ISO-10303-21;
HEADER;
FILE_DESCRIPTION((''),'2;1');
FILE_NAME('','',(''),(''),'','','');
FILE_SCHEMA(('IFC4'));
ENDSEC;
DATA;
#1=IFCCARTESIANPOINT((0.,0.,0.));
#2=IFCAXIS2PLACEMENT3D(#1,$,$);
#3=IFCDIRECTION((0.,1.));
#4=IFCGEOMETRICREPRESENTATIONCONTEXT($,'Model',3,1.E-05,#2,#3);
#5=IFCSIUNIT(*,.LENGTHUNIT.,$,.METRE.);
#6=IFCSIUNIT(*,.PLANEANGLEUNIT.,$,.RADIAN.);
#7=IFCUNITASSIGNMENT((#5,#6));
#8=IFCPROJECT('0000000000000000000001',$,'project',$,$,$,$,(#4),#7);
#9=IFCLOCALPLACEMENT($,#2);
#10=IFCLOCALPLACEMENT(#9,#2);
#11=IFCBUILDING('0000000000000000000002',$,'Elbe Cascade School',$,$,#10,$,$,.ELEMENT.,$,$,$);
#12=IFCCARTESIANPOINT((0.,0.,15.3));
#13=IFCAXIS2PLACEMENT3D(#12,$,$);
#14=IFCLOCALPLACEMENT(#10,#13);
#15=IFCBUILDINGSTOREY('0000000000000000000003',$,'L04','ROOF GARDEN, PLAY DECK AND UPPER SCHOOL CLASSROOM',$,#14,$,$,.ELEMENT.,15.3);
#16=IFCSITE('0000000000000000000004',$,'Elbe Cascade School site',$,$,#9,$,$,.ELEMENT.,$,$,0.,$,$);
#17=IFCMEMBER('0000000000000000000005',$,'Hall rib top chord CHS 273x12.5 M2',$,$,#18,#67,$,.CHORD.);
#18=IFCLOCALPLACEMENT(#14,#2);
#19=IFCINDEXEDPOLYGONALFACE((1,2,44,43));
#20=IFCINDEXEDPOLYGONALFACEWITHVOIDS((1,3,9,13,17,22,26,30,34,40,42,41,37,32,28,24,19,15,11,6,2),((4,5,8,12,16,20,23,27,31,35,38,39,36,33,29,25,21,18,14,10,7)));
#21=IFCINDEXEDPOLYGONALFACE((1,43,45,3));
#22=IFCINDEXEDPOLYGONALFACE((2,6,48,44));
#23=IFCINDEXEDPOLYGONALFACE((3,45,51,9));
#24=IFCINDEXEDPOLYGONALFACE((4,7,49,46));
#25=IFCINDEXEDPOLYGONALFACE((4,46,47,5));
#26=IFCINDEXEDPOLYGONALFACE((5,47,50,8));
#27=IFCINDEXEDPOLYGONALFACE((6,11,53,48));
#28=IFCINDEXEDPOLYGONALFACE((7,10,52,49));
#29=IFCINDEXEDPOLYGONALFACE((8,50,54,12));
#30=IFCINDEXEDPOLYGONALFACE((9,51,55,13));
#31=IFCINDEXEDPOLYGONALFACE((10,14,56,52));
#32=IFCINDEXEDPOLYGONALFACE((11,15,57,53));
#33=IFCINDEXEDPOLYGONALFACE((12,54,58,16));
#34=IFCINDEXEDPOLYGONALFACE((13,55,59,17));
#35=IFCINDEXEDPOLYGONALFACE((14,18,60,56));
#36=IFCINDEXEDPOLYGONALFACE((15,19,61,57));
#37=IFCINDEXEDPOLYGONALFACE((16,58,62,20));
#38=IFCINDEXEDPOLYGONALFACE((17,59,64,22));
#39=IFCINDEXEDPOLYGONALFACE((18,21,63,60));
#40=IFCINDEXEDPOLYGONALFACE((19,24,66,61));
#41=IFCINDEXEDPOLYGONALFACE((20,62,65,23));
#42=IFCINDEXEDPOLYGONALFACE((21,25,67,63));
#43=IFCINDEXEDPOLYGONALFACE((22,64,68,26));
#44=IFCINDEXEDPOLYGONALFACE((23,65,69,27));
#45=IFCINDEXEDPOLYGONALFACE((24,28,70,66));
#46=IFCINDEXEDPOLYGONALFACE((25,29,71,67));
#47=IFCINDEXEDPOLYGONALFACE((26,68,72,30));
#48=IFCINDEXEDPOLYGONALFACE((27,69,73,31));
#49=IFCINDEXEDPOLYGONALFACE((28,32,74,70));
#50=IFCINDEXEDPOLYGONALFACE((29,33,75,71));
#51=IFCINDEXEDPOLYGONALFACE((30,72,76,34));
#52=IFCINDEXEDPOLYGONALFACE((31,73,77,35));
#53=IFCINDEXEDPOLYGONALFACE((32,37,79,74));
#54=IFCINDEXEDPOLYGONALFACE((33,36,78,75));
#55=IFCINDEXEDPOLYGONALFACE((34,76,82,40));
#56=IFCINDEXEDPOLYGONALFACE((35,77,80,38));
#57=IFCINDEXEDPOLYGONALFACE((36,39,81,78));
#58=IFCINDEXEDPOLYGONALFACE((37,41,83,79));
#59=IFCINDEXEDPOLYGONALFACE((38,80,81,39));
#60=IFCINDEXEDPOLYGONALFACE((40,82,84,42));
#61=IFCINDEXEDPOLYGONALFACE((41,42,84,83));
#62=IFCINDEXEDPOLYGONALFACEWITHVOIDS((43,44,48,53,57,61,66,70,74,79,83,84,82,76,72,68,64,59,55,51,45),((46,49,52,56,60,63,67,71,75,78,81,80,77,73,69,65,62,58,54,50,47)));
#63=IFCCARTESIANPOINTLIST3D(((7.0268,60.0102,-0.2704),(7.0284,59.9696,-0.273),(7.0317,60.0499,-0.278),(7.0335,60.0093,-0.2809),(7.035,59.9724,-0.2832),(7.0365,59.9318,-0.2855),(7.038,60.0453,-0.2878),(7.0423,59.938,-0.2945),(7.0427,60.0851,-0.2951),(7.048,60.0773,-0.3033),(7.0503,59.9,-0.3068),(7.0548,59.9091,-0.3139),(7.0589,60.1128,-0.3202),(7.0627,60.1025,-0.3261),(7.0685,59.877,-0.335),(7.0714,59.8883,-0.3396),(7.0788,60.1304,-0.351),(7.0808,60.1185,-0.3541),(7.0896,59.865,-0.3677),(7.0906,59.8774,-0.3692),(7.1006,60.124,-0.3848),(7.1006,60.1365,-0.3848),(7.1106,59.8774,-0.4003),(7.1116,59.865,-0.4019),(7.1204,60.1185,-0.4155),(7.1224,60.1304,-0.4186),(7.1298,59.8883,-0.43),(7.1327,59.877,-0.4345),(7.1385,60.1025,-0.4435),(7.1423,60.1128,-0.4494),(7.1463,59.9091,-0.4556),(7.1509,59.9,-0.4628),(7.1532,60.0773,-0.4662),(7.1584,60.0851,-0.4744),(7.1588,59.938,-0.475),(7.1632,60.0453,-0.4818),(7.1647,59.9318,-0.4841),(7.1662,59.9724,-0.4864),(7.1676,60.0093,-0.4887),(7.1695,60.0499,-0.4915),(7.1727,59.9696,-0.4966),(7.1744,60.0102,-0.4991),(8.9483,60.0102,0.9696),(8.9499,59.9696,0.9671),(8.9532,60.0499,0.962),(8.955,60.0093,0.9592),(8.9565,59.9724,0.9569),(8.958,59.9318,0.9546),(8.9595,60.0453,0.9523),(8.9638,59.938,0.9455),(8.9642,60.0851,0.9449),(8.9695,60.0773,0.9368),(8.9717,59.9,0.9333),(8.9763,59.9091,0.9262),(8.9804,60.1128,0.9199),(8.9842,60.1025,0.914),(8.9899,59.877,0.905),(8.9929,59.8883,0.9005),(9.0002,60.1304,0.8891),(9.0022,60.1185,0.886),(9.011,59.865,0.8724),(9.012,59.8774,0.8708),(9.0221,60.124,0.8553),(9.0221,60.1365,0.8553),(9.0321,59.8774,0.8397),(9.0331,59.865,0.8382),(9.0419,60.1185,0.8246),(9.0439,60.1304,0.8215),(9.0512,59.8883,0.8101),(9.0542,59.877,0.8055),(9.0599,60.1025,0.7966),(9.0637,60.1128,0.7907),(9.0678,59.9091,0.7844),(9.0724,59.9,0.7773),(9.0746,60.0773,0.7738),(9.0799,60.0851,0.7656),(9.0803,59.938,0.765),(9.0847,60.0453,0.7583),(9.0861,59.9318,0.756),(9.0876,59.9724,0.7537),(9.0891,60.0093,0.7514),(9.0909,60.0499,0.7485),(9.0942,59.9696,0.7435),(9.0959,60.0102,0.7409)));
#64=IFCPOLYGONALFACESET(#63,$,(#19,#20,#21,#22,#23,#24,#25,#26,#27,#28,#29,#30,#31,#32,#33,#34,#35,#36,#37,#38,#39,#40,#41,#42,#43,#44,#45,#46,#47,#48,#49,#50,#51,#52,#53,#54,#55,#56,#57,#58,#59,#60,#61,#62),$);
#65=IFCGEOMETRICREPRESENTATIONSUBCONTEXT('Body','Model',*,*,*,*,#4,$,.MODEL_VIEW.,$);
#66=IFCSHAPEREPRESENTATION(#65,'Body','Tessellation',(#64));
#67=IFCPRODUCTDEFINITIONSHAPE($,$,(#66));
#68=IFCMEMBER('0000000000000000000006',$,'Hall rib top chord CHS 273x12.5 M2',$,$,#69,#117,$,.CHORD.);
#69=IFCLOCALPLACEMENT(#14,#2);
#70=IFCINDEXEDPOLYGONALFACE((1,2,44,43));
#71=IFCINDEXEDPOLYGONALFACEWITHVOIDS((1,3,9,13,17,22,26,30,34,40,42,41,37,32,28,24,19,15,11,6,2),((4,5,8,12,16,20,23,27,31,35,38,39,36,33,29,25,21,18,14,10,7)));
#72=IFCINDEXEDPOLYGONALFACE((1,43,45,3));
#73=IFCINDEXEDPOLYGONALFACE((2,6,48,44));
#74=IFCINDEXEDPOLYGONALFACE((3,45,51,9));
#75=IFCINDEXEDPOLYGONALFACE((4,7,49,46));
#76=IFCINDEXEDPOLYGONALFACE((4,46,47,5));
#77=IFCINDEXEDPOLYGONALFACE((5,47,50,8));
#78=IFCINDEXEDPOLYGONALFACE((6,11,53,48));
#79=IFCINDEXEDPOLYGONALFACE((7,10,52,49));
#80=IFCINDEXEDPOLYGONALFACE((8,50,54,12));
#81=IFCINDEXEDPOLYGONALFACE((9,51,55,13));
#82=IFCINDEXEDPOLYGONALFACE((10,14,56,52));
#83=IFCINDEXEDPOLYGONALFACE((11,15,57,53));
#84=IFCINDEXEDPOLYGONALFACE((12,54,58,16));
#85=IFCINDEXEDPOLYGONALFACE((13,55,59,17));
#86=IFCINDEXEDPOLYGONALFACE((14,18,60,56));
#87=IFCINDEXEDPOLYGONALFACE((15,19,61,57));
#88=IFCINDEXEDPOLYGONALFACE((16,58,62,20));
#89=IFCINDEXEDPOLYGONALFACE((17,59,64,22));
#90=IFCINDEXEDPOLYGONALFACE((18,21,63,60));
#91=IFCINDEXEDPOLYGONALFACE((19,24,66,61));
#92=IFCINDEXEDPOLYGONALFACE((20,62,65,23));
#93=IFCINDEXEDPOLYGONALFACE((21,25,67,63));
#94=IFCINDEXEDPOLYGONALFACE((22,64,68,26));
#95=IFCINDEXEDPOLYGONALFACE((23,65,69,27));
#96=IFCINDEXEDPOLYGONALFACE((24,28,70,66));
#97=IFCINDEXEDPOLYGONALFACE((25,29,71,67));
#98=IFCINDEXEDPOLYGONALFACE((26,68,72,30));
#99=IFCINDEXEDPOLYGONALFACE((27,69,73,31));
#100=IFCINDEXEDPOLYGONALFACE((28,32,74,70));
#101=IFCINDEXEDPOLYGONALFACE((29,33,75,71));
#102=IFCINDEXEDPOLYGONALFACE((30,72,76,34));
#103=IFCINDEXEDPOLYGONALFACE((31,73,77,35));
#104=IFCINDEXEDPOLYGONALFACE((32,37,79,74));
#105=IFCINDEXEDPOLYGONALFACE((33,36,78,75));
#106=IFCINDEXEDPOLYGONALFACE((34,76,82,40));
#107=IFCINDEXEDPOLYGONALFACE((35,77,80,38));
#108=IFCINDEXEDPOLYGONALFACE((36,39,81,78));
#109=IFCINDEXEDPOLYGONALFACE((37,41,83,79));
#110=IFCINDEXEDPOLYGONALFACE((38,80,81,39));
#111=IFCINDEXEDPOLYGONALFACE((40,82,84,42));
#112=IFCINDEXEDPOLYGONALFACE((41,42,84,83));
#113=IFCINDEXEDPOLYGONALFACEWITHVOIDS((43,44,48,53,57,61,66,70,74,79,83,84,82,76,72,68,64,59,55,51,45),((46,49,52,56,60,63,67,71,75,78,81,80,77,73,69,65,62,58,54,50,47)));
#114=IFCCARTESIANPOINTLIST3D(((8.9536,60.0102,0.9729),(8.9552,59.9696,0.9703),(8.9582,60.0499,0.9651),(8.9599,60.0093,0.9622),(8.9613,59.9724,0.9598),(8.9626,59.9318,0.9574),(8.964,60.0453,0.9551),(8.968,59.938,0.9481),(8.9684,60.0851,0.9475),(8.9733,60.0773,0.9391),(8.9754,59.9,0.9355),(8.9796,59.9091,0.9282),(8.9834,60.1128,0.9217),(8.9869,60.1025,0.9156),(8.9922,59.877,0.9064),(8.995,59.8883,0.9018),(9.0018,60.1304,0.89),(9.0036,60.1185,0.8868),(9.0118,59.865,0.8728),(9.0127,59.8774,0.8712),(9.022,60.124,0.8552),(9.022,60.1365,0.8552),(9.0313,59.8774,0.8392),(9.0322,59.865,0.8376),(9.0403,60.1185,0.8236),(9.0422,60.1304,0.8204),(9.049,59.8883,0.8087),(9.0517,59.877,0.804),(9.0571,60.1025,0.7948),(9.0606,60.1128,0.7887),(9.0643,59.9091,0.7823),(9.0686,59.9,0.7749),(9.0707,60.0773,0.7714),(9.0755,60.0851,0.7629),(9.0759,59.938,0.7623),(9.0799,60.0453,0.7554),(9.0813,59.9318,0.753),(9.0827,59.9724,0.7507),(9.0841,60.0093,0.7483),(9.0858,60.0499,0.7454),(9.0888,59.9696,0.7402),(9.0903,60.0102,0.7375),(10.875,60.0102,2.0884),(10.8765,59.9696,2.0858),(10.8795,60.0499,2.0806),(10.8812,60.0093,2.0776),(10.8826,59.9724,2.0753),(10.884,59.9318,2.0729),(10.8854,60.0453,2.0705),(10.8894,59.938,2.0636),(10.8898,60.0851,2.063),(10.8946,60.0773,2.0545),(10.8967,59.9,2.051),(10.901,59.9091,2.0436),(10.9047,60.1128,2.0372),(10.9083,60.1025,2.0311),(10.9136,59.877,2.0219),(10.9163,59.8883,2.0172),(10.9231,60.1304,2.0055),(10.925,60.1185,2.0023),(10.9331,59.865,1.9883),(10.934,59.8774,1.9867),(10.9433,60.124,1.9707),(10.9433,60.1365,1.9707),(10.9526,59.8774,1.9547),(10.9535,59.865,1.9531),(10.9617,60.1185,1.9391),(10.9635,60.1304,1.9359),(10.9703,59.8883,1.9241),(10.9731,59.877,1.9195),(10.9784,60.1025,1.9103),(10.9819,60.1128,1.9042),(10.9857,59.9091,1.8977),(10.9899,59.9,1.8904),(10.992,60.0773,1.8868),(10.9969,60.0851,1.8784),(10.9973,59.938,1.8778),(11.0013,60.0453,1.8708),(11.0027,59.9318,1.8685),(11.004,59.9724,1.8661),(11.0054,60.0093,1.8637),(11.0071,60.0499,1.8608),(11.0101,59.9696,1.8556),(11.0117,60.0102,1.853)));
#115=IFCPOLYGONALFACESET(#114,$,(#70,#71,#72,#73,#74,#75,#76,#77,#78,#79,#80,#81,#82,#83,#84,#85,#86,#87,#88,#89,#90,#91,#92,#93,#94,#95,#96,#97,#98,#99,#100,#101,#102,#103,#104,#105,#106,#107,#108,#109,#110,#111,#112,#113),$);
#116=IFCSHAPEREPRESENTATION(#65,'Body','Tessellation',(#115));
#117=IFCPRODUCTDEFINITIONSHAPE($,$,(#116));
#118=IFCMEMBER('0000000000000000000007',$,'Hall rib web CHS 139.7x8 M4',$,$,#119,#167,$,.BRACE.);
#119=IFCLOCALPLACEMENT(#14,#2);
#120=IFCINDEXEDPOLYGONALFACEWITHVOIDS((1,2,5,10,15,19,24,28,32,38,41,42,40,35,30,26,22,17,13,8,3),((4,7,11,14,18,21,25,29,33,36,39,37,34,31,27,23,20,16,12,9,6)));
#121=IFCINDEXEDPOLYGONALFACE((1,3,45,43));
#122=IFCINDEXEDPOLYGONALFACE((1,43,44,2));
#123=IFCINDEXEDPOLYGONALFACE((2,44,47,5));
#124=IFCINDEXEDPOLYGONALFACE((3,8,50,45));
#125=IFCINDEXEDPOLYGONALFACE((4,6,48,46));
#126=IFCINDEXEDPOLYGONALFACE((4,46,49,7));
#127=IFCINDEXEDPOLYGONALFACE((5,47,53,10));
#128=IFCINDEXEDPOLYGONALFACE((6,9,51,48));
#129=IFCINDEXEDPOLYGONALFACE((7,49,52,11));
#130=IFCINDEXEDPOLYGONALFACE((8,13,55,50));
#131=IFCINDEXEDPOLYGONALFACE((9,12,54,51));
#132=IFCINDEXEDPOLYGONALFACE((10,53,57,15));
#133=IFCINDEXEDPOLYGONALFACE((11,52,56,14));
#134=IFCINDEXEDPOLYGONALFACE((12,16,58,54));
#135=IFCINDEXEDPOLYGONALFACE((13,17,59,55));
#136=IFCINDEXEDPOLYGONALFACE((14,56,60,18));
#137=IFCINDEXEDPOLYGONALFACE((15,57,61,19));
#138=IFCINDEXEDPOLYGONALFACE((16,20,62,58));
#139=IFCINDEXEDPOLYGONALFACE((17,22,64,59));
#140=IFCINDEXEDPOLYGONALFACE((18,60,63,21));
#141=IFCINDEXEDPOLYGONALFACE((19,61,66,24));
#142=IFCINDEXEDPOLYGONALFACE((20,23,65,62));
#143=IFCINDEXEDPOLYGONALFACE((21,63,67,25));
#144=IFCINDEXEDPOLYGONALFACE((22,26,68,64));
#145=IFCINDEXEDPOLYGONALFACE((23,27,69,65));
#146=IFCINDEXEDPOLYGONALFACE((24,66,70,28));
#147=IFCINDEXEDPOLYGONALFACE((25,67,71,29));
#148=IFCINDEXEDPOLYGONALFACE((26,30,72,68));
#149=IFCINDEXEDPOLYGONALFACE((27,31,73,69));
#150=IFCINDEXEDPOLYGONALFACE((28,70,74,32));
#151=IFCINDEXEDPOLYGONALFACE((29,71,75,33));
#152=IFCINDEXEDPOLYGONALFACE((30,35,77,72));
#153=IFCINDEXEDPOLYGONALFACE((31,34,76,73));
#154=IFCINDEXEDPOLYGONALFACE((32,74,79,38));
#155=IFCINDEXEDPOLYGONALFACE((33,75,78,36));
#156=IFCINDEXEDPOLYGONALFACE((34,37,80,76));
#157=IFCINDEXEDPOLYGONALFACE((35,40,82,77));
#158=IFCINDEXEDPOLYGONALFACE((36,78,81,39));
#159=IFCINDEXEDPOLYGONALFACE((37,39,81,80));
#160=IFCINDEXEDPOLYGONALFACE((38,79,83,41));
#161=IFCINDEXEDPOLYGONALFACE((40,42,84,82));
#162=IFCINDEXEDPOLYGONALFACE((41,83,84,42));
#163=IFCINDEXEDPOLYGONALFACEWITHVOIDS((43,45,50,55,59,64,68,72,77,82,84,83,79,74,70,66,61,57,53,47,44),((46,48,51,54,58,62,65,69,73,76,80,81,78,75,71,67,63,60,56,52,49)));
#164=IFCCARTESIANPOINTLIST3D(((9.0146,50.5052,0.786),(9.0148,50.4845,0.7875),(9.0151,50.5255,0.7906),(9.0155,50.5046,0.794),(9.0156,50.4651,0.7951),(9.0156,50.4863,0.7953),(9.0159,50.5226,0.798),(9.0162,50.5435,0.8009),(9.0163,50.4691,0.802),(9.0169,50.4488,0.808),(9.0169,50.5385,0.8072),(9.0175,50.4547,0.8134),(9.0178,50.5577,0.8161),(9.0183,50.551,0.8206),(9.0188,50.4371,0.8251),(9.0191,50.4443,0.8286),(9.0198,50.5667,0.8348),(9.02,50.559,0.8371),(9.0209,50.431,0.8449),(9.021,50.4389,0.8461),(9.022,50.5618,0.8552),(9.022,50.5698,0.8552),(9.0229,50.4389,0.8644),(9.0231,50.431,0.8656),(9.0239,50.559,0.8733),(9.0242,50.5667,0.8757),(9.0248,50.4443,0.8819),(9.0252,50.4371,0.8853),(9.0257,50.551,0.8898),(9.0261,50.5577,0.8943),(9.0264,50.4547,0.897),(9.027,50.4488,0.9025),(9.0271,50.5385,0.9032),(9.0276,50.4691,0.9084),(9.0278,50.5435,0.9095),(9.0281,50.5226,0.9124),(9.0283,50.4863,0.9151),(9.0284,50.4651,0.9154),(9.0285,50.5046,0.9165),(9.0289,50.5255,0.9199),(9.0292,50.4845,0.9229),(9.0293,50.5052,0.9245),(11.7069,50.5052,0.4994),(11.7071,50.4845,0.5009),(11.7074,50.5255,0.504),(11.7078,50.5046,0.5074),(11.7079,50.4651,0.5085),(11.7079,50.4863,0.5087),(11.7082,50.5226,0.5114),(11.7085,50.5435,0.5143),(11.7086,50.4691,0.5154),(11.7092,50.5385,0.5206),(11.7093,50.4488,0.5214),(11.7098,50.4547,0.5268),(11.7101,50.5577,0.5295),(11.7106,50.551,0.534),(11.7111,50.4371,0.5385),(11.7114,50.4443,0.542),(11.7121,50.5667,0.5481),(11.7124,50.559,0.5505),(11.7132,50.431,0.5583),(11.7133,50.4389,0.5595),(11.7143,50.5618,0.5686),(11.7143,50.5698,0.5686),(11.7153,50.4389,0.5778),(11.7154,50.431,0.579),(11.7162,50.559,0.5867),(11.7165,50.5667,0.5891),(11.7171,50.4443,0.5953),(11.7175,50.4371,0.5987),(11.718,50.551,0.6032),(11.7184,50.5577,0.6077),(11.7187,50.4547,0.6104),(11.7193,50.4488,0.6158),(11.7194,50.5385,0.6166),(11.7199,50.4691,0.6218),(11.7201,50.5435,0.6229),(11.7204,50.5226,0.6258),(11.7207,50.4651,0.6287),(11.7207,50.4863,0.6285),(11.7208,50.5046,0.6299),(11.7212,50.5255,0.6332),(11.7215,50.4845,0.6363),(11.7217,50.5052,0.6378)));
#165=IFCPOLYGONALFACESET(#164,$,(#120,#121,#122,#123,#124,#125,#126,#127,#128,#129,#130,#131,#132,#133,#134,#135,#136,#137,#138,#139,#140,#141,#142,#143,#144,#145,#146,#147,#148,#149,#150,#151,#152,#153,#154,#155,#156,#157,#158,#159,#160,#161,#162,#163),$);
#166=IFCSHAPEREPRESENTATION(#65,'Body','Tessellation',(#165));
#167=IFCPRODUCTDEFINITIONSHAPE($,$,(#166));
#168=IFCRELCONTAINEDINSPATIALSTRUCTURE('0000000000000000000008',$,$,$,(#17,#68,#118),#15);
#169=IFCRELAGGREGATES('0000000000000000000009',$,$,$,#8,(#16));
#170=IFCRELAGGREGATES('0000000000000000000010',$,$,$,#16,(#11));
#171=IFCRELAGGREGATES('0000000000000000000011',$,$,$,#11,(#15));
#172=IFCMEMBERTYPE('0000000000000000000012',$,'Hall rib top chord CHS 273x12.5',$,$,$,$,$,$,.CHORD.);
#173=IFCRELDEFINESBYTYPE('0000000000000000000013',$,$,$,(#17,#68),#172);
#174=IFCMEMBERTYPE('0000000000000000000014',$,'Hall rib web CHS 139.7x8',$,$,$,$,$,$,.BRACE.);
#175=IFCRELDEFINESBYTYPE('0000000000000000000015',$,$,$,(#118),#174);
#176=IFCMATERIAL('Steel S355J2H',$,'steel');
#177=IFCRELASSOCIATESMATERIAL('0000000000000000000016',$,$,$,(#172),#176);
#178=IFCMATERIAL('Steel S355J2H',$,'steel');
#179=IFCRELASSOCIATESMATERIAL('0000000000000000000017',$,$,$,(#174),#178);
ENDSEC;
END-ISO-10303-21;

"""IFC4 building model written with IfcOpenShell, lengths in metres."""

from ifc_helpers import new_model, si_unit, direction, frame, origin, origin_2d, place, context, subcontext, project, spatial, hollow_circle, extrude, material, material_profile, profile_set, type_object, element, save


model = new_model("IFC4")

# Units and contexts
model_context = context("Model", 3, precision=1e-05, world=origin(), true_north=direction((0.0, 1.0)))
body_context = subcontext(model_context, "Body", "Model", "MODEL_VIEW")
ifc_project = project(units=[si_unit("LENGTHUNIT", "METRE"), si_unit("PLANEANGLEUNIT", "RADIAN")], contexts=[model_context])

# Site, building, storey
site_placement = place(None, origin())
site = spatial("IfcSite", under=ifc_project, at=site_placement, Name="Elbe Cascade School site", CompositionType="ELEMENT", RefElevation=0.0)
building_placement = place(site_placement, origin())
building = spatial("IfcBuilding", under=site, at=building_placement, Name="Elbe Cascade School", CompositionType="ELEMENT")
storey_placement = place(building_placement, frame((0.0, 0.0, 15.3)))
storey = spatial("IfcBuildingStorey", under=building, at=storey_placement, Name="L04", Description="ROOF GARDEN, PLAY DECK AND UPPER SCHOOL CLASSROOM", CompositionType="ELEMENT", Elevation=15.3)

# Members
ifc_material_1 = material(Name="Steel S355J2H", Category="steel")
ifc_material_profile_1 = material_profile(ifc_material_1, hollow_circle(Radius=0.1365, WallThickness=0.0125, at=origin_2d()), Name="CHS 273x12.5")
ifc_profile_set_1 = profile_set([ifc_material_profile_1], Name="Steel S355J2H")
member_type_1 = type_object("IfcMemberType", Name="Hall rib top chord CHS 273x12.5", PredefinedType="CHORD", material=ifc_profile_set_1)
member_1_placement = place(storey_placement, frame((7.1006, 60.0, -0.3848), z_axis=(0.84022, 0.0, 0.542246), x_axis=(0.0, 1.0, 0.0)))
element("IfcMember", 1, at=member_1_placement, inside=storey, type_object=member_type_1, Name="Hall rib top chord CHS 273x12.5 M2", PredefinedType="CHORD", context=body_context, shape_type="SweptSolid", body=[
    extrude(hollow_circle(Radius=0.1365, WallThickness=0.0125, at=origin_2d()), origin(), (0.0, 0.0, 1.0), 2.2869),
])
member_2_placement = place(storey_placement, frame((9.022, 60.0, 0.8552), z_axis=(0.864821, 0.0, 0.50208), x_axis=(0.0, 1.0, 0.0)))
element("IfcMember", 2, at=member_2_placement, inside=storey, type_object=member_type_1, Name="Hall rib top chord CHS 273x12.5 M2", PredefinedType="CHORD", context=body_context, shape_type="SweptSolid", body=[
    extrude(hollow_circle(Radius=0.1365, WallThickness=0.0125, at=origin_2d()), origin(), (0.0, 0.0, 1.0), 2.2217),
])
ifc_material_2 = material(Name="Steel S355J2H", Category="steel")
ifc_material_profile_2 = material_profile(ifc_material_2, hollow_circle(Radius=0.0698, WallThickness=0.0081, at=origin_2d()), Name="CHS 139.7x8")
ifc_profile_set_2 = profile_set([ifc_material_profile_2], Name="Steel S355J2H")
member_type_2 = type_object("IfcMemberType", Name="Hall rib web CHS 139.7x8", PredefinedType="BRACE", material=ifc_profile_set_2)
member_3_placement = place(storey_placement, frame((9.022, 50.5, 0.8552), z_axis=(0.994381, 0.0, -0.105858), x_axis=(0.0, 1.0, 0.0)))
element("IfcMember", 3, at=member_3_placement, inside=storey, type_object=member_type_2, Name="Hall rib web CHS 139.7x8 M4", PredefinedType="BRACE", context=body_context, shape_type="SweptSolid", body=[
    extrude(hollow_circle(Radius=0.0698, WallThickness=0.0081, at=origin_2d()), origin(), (0.0, 0.0, 1.0), 2.7075),
])

save(model, "model.ifc")
